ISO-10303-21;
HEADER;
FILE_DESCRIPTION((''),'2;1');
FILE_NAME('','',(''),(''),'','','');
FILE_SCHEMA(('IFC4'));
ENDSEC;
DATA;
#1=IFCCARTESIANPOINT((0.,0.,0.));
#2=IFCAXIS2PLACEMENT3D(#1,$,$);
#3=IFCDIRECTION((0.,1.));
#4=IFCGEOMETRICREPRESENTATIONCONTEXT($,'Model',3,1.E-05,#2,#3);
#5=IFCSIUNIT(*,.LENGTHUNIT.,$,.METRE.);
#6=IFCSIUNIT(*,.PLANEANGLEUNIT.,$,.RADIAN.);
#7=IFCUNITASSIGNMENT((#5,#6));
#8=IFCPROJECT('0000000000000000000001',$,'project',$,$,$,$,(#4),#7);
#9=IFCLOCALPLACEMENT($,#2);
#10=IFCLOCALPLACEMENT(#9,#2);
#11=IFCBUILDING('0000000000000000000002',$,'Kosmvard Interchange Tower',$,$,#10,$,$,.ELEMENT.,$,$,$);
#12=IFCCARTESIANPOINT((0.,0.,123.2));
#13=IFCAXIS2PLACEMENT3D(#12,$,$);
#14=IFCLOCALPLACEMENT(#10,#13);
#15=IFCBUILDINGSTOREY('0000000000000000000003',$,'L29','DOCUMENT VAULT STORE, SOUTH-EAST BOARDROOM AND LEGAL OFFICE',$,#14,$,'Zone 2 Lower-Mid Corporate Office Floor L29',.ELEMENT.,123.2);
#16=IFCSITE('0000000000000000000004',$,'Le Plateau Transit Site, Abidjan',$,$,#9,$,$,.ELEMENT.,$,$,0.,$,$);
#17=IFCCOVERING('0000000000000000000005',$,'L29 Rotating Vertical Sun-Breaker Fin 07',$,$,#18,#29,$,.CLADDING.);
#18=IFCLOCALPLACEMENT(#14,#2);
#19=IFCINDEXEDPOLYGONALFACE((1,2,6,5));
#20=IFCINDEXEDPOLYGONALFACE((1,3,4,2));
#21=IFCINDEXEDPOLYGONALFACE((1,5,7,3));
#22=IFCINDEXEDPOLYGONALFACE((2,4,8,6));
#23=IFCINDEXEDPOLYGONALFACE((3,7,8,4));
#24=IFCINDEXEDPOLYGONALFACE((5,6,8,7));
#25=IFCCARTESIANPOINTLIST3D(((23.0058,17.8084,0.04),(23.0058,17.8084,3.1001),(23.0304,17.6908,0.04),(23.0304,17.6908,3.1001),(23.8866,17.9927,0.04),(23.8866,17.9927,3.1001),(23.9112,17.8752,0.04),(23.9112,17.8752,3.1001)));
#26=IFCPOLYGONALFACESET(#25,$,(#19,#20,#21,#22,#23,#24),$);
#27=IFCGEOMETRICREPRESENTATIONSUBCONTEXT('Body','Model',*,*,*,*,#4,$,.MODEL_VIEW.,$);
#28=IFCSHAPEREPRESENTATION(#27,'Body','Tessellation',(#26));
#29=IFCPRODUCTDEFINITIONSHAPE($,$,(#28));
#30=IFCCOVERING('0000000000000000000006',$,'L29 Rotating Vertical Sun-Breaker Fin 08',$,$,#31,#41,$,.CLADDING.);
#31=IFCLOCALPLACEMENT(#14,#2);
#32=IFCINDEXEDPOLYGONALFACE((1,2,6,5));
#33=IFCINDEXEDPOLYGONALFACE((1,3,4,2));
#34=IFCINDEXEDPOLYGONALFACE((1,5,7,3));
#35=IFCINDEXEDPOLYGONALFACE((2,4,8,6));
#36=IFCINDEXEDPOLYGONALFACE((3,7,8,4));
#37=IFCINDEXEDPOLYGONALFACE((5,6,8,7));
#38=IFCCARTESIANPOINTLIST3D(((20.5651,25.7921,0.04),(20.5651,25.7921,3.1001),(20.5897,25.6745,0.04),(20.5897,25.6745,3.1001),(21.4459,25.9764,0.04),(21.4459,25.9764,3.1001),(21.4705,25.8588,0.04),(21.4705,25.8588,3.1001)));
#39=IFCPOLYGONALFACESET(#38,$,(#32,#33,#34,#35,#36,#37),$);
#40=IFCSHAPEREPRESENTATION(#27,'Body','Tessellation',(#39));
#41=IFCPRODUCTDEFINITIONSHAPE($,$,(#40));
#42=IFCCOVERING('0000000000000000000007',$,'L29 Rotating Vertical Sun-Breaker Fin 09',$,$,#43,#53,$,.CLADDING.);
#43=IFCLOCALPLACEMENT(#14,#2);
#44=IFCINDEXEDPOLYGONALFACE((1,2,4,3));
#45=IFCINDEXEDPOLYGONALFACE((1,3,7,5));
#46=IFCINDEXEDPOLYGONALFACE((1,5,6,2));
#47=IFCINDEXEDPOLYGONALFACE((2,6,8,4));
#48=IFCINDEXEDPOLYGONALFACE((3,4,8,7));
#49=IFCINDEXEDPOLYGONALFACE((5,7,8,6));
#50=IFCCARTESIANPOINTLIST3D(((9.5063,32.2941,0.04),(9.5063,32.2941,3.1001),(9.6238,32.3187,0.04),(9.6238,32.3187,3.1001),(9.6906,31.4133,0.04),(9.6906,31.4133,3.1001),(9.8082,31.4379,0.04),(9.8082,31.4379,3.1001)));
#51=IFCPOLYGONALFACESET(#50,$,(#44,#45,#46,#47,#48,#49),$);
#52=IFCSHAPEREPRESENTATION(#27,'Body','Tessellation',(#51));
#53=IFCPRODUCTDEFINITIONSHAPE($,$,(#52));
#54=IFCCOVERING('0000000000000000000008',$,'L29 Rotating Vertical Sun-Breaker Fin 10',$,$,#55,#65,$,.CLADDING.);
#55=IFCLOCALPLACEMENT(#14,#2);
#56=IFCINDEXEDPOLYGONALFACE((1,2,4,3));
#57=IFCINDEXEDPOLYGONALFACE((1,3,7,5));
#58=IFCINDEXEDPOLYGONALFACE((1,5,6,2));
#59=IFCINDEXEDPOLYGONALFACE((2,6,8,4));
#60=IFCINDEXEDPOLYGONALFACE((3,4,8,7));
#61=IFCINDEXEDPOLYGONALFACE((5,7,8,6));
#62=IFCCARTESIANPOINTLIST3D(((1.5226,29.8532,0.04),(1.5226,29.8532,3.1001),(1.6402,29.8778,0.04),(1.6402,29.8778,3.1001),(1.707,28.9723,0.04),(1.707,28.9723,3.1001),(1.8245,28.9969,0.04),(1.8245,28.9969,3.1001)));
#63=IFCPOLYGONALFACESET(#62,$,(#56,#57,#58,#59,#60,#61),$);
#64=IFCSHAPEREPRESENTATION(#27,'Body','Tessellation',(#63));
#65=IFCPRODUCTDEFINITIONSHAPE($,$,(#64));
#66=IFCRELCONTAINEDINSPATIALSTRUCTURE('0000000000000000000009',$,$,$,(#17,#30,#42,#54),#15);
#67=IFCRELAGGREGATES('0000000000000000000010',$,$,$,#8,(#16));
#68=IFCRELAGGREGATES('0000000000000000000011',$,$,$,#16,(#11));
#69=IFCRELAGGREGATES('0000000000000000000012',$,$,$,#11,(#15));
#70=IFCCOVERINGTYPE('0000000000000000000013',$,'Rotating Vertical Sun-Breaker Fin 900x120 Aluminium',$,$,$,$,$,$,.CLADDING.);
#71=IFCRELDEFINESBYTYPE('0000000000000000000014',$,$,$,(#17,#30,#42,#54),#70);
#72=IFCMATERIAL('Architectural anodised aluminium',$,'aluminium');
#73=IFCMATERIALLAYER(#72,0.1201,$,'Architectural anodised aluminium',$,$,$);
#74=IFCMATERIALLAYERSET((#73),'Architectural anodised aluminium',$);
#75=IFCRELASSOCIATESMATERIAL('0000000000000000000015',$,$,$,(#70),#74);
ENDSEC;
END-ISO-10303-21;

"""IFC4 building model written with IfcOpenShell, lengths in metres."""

from ifc_helpers import new_model, si_unit, direction, frame, origin, origin_2d, place, context, subcontext, project, spatial, rectangle, extrude, source, transform, mapped, material, layer, layer_set, type_object, element, save


model = new_model("IFC4")

# Units and contexts
model_context = context("Model", 3, precision=1e-05, world=origin(), true_north=direction((0.0, 1.0)))
body_context = subcontext(model_context, "Body", "Model", "MODEL_VIEW")
ifc_project = project(units=[si_unit("LENGTHUNIT", "METRE"), si_unit("PLANEANGLEUNIT", "RADIAN")], contexts=[model_context])

# Site, building, storey
site_placement = place(None, origin())
site = spatial("IfcSite", under=ifc_project, at=site_placement, Name="Le Plateau Transit Site, Abidjan", CompositionType="ELEMENT", RefElevation=0.0)
building_placement = place(site_placement, origin())
building = spatial("IfcBuilding", under=site, at=building_placement, Name="Kosmvard Interchange Tower", CompositionType="ELEMENT")
storey_placement = place(building_placement, frame((0.0, 0.0, 123.2)))
storey = spatial("IfcBuildingStorey", under=building, at=storey_placement, Name="L29", Description="DOCUMENT VAULT STORE, SOUTH-EAST BOARDROOM AND LEGAL OFFICE", LongName="Zone 2 Lower-Mid Corporate Office Floor L29", CompositionType="ELEMENT", Elevation=123.2)

# Coverings
ifc_material_1 = material(Name="Architectural anodised aluminium", Category="aluminium")
ifc_layer_1 = layer(ifc_material_1, 0.1201, Name="Architectural anodised aluminium")
ifc_layer_set_1 = layer_set([ifc_layer_1], Name="Architectural anodised aluminium")
covering_type = type_object("IfcCoveringType", Name="Rotating Vertical Sun-Breaker Fin 900x120 Aluminium", PredefinedType="CLADDING", material=ifc_layer_set_1)
shared_shape_1 = source(origin(), body_context, "Body", "SweptSolid", [
    extrude(rectangle(XDim=0.8999, YDim=0.1201, at=origin_2d()), origin(), (0.0, 0.0, 1.0), 3.0601),
])
for number, where, z_axis, x_axis, name in (
    (1, (23.4585, 17.8418, 0.04), (0.0, 0.0, 1.0), (0.978796, 0.204838, 0.0), "L29 Rotating Vertical Sun-Breaker Fin 07"),
    (2, (21.0178, 25.8254, 0.04), (0.0, 0.0, 1.0), (0.978796, 0.204838, 0.0), "L29 Rotating Vertical Sun-Breaker Fin 08"),
    (3, (9.6572, 31.866, 0.04), (0.0, 0.0, 1.0), (-0.204838, 0.978796, 0.0), "L29 Rotating Vertical Sun-Breaker Fin 09"),
    (4, (1.6736, 29.425, 0.04), (0.0, 0.0, 1.0), (-0.204838, 0.978796, 0.0), "L29 Rotating Vertical Sun-Breaker Fin 10"),
):
    element("IfcCovering", number, at=place(storey_placement, frame(where, z_axis=z_axis, x_axis=x_axis)), inside=storey, type_object=covering_type, Name=name, PredefinedType="CLADDING", context=body_context, shape_type="MappedRepresentation", body=[
        mapped(shared_shape_1, transform((0.0, 0.0, 0.0), scale=1.0)),
    ])

save(model, "model.ifc")
